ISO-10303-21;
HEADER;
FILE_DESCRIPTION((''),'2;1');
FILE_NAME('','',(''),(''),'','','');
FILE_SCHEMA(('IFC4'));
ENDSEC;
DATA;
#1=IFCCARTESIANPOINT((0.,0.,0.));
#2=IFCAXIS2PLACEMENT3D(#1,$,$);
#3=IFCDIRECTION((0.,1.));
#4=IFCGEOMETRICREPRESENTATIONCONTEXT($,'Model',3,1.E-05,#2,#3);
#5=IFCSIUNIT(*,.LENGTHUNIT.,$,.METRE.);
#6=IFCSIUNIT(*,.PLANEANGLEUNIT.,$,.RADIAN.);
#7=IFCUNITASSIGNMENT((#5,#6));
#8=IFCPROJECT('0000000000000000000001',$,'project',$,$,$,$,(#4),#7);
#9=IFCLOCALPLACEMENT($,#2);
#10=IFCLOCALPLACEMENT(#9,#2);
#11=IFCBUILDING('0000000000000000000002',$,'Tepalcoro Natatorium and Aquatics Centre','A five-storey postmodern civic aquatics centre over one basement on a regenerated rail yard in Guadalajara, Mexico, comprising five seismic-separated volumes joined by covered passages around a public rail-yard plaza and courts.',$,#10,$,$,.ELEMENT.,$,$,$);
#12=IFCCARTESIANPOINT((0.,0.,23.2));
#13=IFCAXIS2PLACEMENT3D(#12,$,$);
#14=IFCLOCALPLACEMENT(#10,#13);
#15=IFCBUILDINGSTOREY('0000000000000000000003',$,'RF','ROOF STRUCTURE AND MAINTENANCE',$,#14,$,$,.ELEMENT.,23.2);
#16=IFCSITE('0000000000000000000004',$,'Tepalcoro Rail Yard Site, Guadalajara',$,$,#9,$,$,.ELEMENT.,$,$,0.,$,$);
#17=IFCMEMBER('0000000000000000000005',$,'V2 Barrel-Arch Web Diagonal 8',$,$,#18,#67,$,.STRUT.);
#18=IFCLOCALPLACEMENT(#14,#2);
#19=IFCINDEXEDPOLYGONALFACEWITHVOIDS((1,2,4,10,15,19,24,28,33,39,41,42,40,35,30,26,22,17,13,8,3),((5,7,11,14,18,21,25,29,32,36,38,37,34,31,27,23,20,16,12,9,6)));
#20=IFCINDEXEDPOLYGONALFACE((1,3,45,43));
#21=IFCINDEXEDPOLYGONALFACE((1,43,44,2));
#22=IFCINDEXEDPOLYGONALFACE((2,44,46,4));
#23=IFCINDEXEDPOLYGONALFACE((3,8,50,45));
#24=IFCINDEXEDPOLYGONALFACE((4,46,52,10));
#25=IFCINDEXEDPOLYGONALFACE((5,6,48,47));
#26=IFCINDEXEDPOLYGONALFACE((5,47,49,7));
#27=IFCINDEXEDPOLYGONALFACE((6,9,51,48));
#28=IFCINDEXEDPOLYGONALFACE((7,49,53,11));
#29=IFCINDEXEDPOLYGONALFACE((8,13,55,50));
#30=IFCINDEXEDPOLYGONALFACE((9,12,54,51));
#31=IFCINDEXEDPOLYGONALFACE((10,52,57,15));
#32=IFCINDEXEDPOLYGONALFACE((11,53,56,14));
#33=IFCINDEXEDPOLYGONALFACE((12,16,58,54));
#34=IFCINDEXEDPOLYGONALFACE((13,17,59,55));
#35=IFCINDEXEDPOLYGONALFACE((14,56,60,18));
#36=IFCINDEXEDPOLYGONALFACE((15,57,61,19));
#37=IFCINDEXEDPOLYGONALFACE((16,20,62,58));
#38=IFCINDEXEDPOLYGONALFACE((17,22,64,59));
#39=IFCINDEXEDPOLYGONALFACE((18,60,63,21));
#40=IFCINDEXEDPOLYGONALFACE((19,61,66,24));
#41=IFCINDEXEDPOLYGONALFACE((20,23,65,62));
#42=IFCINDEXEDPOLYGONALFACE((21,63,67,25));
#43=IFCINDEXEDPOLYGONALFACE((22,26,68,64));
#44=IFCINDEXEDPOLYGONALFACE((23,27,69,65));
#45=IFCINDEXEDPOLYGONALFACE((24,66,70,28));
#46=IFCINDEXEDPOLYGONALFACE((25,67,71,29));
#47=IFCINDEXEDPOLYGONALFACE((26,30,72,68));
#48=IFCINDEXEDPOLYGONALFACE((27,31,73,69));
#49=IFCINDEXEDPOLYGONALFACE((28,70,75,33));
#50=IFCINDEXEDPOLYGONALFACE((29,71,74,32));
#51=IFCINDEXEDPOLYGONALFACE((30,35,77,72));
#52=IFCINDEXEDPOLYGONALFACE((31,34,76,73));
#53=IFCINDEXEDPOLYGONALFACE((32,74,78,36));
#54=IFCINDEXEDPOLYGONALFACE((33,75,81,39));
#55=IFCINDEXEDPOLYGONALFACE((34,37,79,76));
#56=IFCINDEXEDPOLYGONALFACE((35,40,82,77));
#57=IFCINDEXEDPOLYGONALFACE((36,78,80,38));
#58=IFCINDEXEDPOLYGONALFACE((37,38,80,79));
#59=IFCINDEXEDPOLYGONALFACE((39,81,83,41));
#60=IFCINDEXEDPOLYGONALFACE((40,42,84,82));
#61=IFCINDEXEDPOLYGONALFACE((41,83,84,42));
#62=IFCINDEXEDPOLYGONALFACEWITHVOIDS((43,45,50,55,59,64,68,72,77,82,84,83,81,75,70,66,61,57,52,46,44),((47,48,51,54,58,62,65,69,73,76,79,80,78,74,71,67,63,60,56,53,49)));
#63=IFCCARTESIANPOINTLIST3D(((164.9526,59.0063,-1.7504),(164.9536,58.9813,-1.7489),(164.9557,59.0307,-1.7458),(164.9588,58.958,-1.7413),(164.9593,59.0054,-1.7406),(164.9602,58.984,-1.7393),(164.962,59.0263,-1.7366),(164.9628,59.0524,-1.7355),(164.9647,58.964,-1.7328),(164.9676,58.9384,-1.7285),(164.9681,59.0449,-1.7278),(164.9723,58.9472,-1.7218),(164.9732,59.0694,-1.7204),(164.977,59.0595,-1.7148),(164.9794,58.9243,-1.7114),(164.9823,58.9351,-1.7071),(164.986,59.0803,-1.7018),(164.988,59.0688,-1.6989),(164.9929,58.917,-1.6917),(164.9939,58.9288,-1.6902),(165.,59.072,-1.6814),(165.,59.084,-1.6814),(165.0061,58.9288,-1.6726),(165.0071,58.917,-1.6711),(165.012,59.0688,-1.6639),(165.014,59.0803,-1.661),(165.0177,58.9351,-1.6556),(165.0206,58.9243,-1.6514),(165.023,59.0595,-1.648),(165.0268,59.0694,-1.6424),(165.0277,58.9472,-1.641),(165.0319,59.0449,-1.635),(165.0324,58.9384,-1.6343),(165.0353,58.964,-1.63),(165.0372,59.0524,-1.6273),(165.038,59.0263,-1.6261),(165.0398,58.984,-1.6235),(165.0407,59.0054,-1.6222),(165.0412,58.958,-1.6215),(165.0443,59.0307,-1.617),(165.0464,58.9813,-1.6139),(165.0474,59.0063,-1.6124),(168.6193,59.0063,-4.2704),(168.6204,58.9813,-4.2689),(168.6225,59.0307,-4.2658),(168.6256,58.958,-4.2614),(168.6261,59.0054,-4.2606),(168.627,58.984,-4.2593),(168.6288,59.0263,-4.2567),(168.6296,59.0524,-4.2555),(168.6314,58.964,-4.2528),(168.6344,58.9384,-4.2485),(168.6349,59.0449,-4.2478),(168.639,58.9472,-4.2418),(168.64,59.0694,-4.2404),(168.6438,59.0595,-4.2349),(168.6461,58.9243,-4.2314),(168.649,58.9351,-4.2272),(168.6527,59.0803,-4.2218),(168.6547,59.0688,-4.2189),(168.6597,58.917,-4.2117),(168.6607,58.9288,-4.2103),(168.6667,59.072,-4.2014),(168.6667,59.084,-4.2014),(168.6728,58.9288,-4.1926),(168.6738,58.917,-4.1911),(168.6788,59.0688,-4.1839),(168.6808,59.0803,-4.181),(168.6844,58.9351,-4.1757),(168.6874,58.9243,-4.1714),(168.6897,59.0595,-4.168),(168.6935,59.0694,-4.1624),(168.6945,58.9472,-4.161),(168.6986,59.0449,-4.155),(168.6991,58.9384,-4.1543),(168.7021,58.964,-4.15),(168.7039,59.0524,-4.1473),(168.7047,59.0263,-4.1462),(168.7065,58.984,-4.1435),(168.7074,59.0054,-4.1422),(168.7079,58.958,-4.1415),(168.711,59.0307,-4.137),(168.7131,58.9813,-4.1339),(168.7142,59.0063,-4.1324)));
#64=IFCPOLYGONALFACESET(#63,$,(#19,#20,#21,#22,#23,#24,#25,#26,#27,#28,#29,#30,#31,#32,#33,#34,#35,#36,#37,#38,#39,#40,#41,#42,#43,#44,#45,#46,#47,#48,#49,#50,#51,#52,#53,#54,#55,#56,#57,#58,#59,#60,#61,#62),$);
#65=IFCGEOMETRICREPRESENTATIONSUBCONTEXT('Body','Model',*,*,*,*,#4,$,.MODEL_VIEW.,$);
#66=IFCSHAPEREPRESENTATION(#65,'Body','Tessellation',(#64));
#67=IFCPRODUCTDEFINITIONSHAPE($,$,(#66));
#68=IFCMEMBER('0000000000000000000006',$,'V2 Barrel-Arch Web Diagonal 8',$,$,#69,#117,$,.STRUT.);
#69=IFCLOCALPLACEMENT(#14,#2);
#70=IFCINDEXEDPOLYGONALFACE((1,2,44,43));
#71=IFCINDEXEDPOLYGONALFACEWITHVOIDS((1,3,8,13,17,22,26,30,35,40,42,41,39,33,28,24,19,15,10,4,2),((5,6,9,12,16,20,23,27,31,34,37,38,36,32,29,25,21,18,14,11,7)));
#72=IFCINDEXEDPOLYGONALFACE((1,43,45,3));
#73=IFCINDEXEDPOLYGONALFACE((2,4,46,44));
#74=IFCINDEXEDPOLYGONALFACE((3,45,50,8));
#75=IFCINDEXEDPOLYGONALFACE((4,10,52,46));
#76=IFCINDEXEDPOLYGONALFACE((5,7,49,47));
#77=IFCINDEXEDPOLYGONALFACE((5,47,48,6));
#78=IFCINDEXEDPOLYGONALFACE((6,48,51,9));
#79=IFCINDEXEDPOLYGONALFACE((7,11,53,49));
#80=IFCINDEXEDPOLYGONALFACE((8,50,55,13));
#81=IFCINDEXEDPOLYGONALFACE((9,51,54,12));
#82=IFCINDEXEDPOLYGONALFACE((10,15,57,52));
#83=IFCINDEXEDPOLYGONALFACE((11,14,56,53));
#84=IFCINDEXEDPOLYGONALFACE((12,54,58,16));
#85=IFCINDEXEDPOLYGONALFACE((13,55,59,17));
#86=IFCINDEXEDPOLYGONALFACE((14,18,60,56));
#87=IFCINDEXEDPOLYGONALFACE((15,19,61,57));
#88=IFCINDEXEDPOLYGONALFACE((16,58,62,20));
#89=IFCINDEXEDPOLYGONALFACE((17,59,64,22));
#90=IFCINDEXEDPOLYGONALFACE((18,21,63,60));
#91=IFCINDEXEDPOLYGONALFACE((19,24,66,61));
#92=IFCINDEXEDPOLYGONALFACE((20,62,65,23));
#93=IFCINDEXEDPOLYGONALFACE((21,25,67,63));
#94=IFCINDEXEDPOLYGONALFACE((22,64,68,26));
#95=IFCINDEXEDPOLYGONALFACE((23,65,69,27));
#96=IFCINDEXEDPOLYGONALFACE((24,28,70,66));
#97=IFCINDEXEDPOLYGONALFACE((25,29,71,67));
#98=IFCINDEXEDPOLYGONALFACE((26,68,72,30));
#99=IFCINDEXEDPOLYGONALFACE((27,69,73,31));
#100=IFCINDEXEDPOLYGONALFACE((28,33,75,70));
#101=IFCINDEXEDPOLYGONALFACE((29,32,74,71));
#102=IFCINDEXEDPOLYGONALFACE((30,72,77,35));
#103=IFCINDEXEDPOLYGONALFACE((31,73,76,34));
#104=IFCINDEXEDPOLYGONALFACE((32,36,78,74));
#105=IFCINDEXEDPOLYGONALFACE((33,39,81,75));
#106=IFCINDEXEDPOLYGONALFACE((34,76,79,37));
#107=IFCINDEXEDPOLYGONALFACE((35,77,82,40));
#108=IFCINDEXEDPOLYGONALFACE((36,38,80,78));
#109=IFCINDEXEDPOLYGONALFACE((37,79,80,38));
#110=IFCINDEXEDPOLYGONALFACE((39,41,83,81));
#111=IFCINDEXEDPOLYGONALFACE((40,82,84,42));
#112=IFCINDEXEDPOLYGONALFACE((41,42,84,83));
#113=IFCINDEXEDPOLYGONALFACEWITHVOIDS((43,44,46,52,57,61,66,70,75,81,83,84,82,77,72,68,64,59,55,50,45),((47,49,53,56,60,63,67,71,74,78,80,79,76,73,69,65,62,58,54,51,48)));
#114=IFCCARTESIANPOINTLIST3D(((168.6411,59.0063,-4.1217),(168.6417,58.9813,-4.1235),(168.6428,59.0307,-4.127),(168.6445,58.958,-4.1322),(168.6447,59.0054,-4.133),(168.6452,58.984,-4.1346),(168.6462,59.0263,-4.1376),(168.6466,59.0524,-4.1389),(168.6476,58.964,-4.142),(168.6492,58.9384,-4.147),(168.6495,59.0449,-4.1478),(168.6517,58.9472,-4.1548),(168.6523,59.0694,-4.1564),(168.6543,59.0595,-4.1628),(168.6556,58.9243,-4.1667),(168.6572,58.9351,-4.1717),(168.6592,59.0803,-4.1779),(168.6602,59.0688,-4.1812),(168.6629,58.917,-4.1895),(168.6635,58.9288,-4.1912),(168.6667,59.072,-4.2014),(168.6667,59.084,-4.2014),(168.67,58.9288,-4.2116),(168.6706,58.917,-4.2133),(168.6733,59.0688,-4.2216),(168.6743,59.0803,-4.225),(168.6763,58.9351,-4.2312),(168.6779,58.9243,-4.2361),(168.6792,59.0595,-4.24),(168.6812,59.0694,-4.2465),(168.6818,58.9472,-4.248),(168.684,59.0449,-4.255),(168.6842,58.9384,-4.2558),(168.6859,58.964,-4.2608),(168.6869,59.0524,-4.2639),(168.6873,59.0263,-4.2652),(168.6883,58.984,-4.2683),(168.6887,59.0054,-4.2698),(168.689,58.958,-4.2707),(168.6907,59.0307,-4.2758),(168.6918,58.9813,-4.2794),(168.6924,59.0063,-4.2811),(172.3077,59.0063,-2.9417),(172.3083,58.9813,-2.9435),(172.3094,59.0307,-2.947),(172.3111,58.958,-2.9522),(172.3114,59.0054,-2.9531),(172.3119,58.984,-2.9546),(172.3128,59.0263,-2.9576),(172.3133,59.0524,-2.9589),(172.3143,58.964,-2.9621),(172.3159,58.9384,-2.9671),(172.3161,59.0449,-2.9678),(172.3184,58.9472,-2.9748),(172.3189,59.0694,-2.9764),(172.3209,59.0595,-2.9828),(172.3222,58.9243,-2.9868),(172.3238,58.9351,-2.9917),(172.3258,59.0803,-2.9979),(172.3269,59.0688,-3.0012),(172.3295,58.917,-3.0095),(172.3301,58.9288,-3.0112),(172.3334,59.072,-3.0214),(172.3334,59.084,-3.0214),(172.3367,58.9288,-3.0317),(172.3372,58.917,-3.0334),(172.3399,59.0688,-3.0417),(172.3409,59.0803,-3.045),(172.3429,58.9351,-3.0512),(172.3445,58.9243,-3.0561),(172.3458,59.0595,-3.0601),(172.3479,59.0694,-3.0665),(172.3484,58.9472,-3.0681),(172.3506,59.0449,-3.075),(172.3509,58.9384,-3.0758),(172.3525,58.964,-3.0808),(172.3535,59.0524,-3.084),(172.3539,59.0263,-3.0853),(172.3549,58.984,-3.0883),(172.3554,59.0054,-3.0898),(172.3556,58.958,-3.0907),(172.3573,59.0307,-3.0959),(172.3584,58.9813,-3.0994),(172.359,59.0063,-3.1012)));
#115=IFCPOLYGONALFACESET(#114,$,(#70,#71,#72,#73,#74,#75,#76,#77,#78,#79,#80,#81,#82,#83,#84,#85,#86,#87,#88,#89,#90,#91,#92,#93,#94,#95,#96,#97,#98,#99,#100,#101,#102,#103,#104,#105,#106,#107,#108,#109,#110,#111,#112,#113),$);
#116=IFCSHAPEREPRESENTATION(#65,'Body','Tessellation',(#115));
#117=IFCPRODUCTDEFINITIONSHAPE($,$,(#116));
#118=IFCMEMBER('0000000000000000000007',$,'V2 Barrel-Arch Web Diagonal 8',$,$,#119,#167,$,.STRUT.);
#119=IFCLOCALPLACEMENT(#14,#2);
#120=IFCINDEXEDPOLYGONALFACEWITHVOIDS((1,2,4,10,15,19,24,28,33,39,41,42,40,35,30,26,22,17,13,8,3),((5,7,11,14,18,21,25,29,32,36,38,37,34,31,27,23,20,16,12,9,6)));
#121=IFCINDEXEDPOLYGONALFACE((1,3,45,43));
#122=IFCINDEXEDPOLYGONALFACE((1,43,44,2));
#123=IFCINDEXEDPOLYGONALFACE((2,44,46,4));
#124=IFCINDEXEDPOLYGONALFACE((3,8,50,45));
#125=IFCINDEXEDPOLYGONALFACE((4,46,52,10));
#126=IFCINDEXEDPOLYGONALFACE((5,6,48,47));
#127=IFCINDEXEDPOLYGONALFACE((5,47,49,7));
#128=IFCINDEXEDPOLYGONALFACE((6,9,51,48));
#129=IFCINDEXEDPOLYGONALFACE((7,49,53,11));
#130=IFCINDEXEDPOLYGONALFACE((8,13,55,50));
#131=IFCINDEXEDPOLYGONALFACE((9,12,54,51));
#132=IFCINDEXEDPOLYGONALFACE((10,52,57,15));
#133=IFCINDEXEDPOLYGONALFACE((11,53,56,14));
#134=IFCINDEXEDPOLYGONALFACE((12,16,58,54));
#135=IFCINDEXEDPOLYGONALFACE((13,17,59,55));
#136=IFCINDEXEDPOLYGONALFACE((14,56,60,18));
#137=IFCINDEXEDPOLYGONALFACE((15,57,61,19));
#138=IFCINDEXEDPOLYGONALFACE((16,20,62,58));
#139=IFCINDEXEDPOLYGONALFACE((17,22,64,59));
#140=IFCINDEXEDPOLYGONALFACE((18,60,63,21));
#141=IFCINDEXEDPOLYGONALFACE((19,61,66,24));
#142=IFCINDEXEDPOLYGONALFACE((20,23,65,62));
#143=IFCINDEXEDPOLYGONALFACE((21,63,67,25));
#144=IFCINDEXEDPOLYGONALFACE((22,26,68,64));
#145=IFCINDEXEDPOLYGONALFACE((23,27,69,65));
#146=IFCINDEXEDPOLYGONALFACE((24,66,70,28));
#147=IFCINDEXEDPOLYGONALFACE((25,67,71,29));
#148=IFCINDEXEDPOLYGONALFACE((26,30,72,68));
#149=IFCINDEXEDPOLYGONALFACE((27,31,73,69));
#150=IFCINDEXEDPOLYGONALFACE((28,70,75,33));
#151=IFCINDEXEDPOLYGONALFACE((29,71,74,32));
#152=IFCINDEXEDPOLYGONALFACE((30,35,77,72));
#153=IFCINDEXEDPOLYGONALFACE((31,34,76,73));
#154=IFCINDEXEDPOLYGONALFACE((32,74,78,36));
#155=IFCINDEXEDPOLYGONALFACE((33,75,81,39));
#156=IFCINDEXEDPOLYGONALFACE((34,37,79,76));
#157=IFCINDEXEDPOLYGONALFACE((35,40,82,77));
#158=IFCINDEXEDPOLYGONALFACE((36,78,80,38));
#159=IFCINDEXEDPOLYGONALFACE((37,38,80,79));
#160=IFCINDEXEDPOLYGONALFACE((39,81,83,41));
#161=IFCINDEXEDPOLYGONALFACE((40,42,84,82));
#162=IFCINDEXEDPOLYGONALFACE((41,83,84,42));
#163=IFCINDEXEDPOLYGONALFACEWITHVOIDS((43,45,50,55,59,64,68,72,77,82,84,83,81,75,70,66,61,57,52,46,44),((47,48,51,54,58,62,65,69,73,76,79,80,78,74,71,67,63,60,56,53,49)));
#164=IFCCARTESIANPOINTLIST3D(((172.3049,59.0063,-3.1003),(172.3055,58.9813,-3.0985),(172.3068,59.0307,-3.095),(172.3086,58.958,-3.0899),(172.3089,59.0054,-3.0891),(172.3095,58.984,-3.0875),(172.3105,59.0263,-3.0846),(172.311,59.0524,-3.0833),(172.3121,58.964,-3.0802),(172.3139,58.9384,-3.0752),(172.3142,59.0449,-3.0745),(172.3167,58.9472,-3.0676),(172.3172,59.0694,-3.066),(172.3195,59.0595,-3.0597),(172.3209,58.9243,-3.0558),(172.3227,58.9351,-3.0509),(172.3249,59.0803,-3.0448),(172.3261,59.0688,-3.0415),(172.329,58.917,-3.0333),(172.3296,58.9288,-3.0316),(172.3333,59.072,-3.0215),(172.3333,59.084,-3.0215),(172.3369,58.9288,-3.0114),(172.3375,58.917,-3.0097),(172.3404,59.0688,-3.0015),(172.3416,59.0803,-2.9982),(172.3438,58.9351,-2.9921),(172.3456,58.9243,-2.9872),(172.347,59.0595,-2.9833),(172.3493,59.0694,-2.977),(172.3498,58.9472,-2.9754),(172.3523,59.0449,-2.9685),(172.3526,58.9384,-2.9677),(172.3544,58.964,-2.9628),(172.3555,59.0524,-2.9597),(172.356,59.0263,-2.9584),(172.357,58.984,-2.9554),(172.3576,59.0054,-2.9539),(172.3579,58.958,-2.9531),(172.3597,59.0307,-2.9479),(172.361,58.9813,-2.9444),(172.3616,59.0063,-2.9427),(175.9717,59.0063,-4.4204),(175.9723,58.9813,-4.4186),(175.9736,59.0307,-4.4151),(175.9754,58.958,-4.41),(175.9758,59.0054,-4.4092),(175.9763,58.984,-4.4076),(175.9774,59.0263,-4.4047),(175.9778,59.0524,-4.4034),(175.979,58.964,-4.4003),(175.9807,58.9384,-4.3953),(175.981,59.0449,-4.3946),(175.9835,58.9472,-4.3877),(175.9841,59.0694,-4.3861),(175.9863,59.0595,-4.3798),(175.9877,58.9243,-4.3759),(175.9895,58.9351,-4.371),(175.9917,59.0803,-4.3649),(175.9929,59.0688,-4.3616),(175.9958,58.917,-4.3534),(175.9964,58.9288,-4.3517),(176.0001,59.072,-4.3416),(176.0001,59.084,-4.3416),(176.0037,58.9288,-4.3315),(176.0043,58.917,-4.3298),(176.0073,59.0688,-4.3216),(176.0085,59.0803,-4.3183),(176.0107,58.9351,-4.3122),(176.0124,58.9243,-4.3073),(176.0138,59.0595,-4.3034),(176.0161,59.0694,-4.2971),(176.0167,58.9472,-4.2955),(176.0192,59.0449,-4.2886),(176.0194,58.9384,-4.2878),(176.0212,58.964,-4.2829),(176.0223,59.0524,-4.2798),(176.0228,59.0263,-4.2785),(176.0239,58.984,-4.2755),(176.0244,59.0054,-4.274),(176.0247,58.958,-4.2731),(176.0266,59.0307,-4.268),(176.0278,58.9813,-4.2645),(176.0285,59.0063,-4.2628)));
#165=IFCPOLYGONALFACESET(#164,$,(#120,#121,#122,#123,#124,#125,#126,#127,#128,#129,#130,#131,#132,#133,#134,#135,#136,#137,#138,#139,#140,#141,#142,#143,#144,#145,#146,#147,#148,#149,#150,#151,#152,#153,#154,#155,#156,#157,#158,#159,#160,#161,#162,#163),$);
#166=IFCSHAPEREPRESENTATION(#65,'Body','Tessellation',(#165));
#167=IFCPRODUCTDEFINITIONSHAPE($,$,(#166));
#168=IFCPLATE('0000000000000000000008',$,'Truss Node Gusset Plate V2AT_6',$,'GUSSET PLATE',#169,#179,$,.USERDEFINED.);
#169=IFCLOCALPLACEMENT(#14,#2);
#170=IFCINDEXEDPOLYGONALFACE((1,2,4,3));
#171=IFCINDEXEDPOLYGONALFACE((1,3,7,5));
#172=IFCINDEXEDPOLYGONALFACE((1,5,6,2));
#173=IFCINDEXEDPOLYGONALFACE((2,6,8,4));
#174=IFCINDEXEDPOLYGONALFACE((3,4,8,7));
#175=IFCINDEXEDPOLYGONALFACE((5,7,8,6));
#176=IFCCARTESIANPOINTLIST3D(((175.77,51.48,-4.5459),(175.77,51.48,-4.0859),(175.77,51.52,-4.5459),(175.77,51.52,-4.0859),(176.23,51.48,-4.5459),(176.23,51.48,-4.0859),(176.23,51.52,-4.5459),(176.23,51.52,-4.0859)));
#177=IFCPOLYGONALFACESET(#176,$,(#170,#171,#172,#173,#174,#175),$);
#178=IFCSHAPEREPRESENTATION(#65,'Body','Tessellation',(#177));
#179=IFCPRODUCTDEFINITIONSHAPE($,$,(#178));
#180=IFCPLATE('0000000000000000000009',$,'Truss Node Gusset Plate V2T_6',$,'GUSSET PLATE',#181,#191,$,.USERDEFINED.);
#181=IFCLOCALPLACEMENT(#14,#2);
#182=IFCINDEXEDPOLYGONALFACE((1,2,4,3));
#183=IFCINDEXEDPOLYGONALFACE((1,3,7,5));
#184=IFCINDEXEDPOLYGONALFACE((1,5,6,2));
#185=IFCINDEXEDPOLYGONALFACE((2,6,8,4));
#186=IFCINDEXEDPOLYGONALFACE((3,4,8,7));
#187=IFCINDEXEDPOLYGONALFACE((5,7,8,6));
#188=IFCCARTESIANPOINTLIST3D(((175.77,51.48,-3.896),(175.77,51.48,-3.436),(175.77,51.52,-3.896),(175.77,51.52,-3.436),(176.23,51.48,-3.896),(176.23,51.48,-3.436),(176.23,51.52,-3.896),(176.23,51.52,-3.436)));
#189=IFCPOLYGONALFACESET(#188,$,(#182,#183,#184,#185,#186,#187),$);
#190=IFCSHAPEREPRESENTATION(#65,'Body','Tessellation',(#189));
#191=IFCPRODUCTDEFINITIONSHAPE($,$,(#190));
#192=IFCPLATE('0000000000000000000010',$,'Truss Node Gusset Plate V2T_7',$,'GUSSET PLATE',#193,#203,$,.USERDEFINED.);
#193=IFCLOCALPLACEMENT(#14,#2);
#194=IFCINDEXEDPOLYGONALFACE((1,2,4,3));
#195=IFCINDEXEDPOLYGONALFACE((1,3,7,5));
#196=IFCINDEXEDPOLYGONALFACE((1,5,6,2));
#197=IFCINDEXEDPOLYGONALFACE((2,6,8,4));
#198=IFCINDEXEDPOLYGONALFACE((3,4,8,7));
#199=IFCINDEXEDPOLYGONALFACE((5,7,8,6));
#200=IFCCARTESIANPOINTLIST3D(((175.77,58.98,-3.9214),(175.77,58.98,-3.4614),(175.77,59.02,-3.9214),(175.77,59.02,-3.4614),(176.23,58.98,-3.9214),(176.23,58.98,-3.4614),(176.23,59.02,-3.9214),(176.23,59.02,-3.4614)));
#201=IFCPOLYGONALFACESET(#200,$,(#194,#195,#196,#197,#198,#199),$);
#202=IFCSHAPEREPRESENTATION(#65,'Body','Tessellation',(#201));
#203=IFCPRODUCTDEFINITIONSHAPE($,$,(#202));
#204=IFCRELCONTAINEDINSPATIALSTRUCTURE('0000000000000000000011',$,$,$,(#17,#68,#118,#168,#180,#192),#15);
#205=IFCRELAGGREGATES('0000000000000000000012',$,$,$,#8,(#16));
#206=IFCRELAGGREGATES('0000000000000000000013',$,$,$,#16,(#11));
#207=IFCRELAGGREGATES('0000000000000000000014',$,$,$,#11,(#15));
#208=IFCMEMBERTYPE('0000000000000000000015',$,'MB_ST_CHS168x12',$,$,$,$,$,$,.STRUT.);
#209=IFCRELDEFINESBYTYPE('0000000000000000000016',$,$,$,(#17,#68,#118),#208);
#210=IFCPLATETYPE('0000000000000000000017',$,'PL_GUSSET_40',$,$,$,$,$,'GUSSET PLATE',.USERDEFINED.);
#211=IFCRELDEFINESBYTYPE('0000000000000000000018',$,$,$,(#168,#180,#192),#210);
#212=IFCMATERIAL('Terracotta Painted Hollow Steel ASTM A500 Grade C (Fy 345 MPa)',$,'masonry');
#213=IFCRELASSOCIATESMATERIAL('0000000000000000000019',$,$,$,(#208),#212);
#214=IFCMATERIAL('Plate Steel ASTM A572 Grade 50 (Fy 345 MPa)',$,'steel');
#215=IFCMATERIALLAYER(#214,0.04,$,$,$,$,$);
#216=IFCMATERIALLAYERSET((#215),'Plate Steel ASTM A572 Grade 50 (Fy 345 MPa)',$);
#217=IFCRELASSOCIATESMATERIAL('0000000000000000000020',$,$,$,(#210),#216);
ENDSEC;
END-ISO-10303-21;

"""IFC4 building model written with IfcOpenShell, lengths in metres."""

from ifc_helpers import new_model, si_unit, direction, frame, origin, origin_2d, place, context, subcontext, project, spatial, rectangle, hollow_circle, extrude, material, layer, layer_set, material_profile, profile_set, type_object, element, save


model = new_model("IFC4")

# Units and contexts
model_context = context("Model", 3, precision=1e-05, world=origin(), true_north=direction((0.0, 1.0)))
body_context = subcontext(model_context, "Body", "Model", "MODEL_VIEW")
ifc_project = project(units=[si_unit("LENGTHUNIT", "METRE"), si_unit("PLANEANGLEUNIT", "RADIAN")], contexts=[model_context])

# Site, building, storey
site_placement = place(None, origin())
site = spatial("IfcSite", under=ifc_project, at=site_placement, Name="Tepalcoro Rail Yard Site, Guadalajara", CompositionType="ELEMENT", RefElevation=0.0)
building_placement = place(site_placement, origin())
building = spatial("IfcBuilding", under=site, at=building_placement, Name="Tepalcoro Natatorium and Aquatics Centre", Description="A five-storey postmodern civic aquatics centre over one basement on a regenerated rail yard in Guadalajara, Mexico, comprising five seismic-separated volumes joined by covered passages around a public rail-yard plaza and courts.", CompositionType="ELEMENT")
storey_placement = place(building_placement, frame((0.0, 0.0, 23.2)))
storey = spatial("IfcBuildingStorey", under=building, at=storey_placement, Name="RF", Description="ROOF STRUCTURE AND MAINTENANCE", CompositionType="ELEMENT", Elevation=23.2)

# Shared definitions
ifc_material_1 = material(Name="Terracotta Painted Hollow Steel ASTM A500 Grade C (Fy 345 MPa)", Category="masonry")

# Members
ifc_material_profile_1 = material_profile(ifc_material_1, hollow_circle(Radius=0.084, WallThickness=0.012, at=origin_2d()), Name="CHS168X12")
ifc_profile_set_1 = profile_set([ifc_material_profile_1], Name="Terracotta Painted Hollow Steel ASTM A500 Grade C (Fy 345 MPa)")
member_type_1 = type_object("IfcMemberType", Name="MB_ST_CHS168x12", PredefinedType="STRUT", material=ifc_profile_set_1)
member_1_placement = place(storey_placement, frame((165.0, 59.0, -1.6814), z_axis=(0.824133, 0.0, -0.566396), x_axis=(0.0, 1.0, 0.0)))
element("IfcMember", 1, at=member_1_placement, inside=storey, type_object=member_type_1, Name="V2 Barrel-Arch Web Diagonal 8", PredefinedType="STRUT", context=body_context, shape_type="SweptSolid", body=[
    extrude(hollow_circle(Radius=0.084, WallThickness=0.012, at=origin_2d()), origin(), (0.0, 0.0, 1.0), 4.4492),
])
member_2_placement = place(storey_placement, frame((168.6667, 59.0, -4.2014), z_axis=(0.951922, 0.0, 0.306342), x_axis=(0.0, 1.0, 0.0)))
element("IfcMember", 2, at=member_2_placement, inside=storey, type_object=member_type_1, Name="V2 Barrel-Arch Web Diagonal 8", PredefinedType="STRUT", context=body_context, shape_type="SweptSolid", body=[
    extrude(hollow_circle(Radius=0.084, WallThickness=0.012, at=origin_2d()), origin(), (0.0, 0.0, 1.0), 3.8518),
])
member_3_placement = place(storey_placement, frame((172.3333, 59.0, -3.0215), z_axis=(0.940884, 0.0, -0.338728), x_axis=(0.0, 1.0, 0.0)))
element("IfcMember", 3, at=member_3_placement, inside=storey, type_object=member_type_1, Name="V2 Barrel-Arch Web Diagonal 8", PredefinedType="STRUT", context=body_context, shape_type="SweptSolid", body=[
    extrude(hollow_circle(Radius=0.084, WallThickness=0.012, at=origin_2d()), origin(), (0.0, 0.0, 1.0), 3.8972),
])

# Plates
ifc_material_2 = material(Name="Plate Steel ASTM A572 Grade 50 (Fy 345 MPa)", Category="steel")
ifc_layer_1 = layer(ifc_material_2, 0.04)
ifc_layer_set_1 = layer_set([ifc_layer_1], Name="Plate Steel ASTM A572 Grade 50 (Fy 345 MPa)")
plate_type = type_object("IfcPlateType", Name="PL_GUSSET_40", ElementType="GUSSET PLATE", PredefinedType="USERDEFINED", material=ifc_layer_set_1)
for number, where, z_axis, x_axis, name in (
    (4, (176.0, 51.5, -4.5459), (0.0, 0.0, 1.0), (1.0, 0.0, 0.0), "Truss Node Gusset Plate V2AT_6"),
    (5, (176.0, 51.5, -3.896), (0.0, 0.0, 1.0), (1.0, 0.0, 0.0), "Truss Node Gusset Plate V2T_6"),
    (6, (176.0, 59.0, -3.9214), (0.0, 0.0, 1.0), (1.0, 0.0, 0.0), "Truss Node Gusset Plate V2T_7"),
):
    element("IfcPlate", number, at=place(storey_placement, frame(where, z_axis=z_axis, x_axis=x_axis)), inside=storey, type_object=plate_type, Name=name, ObjectType="GUSSET PLATE", PredefinedType="USERDEFINED", context=body_context, shape_type="SweptSolid", body=[
        extrude(rectangle(XDim=0.46, YDim=0.04, at=origin_2d()), origin(), (0.0, 0.0, 1.0), 0.46),
    ])

save(model, "model.ifc")
